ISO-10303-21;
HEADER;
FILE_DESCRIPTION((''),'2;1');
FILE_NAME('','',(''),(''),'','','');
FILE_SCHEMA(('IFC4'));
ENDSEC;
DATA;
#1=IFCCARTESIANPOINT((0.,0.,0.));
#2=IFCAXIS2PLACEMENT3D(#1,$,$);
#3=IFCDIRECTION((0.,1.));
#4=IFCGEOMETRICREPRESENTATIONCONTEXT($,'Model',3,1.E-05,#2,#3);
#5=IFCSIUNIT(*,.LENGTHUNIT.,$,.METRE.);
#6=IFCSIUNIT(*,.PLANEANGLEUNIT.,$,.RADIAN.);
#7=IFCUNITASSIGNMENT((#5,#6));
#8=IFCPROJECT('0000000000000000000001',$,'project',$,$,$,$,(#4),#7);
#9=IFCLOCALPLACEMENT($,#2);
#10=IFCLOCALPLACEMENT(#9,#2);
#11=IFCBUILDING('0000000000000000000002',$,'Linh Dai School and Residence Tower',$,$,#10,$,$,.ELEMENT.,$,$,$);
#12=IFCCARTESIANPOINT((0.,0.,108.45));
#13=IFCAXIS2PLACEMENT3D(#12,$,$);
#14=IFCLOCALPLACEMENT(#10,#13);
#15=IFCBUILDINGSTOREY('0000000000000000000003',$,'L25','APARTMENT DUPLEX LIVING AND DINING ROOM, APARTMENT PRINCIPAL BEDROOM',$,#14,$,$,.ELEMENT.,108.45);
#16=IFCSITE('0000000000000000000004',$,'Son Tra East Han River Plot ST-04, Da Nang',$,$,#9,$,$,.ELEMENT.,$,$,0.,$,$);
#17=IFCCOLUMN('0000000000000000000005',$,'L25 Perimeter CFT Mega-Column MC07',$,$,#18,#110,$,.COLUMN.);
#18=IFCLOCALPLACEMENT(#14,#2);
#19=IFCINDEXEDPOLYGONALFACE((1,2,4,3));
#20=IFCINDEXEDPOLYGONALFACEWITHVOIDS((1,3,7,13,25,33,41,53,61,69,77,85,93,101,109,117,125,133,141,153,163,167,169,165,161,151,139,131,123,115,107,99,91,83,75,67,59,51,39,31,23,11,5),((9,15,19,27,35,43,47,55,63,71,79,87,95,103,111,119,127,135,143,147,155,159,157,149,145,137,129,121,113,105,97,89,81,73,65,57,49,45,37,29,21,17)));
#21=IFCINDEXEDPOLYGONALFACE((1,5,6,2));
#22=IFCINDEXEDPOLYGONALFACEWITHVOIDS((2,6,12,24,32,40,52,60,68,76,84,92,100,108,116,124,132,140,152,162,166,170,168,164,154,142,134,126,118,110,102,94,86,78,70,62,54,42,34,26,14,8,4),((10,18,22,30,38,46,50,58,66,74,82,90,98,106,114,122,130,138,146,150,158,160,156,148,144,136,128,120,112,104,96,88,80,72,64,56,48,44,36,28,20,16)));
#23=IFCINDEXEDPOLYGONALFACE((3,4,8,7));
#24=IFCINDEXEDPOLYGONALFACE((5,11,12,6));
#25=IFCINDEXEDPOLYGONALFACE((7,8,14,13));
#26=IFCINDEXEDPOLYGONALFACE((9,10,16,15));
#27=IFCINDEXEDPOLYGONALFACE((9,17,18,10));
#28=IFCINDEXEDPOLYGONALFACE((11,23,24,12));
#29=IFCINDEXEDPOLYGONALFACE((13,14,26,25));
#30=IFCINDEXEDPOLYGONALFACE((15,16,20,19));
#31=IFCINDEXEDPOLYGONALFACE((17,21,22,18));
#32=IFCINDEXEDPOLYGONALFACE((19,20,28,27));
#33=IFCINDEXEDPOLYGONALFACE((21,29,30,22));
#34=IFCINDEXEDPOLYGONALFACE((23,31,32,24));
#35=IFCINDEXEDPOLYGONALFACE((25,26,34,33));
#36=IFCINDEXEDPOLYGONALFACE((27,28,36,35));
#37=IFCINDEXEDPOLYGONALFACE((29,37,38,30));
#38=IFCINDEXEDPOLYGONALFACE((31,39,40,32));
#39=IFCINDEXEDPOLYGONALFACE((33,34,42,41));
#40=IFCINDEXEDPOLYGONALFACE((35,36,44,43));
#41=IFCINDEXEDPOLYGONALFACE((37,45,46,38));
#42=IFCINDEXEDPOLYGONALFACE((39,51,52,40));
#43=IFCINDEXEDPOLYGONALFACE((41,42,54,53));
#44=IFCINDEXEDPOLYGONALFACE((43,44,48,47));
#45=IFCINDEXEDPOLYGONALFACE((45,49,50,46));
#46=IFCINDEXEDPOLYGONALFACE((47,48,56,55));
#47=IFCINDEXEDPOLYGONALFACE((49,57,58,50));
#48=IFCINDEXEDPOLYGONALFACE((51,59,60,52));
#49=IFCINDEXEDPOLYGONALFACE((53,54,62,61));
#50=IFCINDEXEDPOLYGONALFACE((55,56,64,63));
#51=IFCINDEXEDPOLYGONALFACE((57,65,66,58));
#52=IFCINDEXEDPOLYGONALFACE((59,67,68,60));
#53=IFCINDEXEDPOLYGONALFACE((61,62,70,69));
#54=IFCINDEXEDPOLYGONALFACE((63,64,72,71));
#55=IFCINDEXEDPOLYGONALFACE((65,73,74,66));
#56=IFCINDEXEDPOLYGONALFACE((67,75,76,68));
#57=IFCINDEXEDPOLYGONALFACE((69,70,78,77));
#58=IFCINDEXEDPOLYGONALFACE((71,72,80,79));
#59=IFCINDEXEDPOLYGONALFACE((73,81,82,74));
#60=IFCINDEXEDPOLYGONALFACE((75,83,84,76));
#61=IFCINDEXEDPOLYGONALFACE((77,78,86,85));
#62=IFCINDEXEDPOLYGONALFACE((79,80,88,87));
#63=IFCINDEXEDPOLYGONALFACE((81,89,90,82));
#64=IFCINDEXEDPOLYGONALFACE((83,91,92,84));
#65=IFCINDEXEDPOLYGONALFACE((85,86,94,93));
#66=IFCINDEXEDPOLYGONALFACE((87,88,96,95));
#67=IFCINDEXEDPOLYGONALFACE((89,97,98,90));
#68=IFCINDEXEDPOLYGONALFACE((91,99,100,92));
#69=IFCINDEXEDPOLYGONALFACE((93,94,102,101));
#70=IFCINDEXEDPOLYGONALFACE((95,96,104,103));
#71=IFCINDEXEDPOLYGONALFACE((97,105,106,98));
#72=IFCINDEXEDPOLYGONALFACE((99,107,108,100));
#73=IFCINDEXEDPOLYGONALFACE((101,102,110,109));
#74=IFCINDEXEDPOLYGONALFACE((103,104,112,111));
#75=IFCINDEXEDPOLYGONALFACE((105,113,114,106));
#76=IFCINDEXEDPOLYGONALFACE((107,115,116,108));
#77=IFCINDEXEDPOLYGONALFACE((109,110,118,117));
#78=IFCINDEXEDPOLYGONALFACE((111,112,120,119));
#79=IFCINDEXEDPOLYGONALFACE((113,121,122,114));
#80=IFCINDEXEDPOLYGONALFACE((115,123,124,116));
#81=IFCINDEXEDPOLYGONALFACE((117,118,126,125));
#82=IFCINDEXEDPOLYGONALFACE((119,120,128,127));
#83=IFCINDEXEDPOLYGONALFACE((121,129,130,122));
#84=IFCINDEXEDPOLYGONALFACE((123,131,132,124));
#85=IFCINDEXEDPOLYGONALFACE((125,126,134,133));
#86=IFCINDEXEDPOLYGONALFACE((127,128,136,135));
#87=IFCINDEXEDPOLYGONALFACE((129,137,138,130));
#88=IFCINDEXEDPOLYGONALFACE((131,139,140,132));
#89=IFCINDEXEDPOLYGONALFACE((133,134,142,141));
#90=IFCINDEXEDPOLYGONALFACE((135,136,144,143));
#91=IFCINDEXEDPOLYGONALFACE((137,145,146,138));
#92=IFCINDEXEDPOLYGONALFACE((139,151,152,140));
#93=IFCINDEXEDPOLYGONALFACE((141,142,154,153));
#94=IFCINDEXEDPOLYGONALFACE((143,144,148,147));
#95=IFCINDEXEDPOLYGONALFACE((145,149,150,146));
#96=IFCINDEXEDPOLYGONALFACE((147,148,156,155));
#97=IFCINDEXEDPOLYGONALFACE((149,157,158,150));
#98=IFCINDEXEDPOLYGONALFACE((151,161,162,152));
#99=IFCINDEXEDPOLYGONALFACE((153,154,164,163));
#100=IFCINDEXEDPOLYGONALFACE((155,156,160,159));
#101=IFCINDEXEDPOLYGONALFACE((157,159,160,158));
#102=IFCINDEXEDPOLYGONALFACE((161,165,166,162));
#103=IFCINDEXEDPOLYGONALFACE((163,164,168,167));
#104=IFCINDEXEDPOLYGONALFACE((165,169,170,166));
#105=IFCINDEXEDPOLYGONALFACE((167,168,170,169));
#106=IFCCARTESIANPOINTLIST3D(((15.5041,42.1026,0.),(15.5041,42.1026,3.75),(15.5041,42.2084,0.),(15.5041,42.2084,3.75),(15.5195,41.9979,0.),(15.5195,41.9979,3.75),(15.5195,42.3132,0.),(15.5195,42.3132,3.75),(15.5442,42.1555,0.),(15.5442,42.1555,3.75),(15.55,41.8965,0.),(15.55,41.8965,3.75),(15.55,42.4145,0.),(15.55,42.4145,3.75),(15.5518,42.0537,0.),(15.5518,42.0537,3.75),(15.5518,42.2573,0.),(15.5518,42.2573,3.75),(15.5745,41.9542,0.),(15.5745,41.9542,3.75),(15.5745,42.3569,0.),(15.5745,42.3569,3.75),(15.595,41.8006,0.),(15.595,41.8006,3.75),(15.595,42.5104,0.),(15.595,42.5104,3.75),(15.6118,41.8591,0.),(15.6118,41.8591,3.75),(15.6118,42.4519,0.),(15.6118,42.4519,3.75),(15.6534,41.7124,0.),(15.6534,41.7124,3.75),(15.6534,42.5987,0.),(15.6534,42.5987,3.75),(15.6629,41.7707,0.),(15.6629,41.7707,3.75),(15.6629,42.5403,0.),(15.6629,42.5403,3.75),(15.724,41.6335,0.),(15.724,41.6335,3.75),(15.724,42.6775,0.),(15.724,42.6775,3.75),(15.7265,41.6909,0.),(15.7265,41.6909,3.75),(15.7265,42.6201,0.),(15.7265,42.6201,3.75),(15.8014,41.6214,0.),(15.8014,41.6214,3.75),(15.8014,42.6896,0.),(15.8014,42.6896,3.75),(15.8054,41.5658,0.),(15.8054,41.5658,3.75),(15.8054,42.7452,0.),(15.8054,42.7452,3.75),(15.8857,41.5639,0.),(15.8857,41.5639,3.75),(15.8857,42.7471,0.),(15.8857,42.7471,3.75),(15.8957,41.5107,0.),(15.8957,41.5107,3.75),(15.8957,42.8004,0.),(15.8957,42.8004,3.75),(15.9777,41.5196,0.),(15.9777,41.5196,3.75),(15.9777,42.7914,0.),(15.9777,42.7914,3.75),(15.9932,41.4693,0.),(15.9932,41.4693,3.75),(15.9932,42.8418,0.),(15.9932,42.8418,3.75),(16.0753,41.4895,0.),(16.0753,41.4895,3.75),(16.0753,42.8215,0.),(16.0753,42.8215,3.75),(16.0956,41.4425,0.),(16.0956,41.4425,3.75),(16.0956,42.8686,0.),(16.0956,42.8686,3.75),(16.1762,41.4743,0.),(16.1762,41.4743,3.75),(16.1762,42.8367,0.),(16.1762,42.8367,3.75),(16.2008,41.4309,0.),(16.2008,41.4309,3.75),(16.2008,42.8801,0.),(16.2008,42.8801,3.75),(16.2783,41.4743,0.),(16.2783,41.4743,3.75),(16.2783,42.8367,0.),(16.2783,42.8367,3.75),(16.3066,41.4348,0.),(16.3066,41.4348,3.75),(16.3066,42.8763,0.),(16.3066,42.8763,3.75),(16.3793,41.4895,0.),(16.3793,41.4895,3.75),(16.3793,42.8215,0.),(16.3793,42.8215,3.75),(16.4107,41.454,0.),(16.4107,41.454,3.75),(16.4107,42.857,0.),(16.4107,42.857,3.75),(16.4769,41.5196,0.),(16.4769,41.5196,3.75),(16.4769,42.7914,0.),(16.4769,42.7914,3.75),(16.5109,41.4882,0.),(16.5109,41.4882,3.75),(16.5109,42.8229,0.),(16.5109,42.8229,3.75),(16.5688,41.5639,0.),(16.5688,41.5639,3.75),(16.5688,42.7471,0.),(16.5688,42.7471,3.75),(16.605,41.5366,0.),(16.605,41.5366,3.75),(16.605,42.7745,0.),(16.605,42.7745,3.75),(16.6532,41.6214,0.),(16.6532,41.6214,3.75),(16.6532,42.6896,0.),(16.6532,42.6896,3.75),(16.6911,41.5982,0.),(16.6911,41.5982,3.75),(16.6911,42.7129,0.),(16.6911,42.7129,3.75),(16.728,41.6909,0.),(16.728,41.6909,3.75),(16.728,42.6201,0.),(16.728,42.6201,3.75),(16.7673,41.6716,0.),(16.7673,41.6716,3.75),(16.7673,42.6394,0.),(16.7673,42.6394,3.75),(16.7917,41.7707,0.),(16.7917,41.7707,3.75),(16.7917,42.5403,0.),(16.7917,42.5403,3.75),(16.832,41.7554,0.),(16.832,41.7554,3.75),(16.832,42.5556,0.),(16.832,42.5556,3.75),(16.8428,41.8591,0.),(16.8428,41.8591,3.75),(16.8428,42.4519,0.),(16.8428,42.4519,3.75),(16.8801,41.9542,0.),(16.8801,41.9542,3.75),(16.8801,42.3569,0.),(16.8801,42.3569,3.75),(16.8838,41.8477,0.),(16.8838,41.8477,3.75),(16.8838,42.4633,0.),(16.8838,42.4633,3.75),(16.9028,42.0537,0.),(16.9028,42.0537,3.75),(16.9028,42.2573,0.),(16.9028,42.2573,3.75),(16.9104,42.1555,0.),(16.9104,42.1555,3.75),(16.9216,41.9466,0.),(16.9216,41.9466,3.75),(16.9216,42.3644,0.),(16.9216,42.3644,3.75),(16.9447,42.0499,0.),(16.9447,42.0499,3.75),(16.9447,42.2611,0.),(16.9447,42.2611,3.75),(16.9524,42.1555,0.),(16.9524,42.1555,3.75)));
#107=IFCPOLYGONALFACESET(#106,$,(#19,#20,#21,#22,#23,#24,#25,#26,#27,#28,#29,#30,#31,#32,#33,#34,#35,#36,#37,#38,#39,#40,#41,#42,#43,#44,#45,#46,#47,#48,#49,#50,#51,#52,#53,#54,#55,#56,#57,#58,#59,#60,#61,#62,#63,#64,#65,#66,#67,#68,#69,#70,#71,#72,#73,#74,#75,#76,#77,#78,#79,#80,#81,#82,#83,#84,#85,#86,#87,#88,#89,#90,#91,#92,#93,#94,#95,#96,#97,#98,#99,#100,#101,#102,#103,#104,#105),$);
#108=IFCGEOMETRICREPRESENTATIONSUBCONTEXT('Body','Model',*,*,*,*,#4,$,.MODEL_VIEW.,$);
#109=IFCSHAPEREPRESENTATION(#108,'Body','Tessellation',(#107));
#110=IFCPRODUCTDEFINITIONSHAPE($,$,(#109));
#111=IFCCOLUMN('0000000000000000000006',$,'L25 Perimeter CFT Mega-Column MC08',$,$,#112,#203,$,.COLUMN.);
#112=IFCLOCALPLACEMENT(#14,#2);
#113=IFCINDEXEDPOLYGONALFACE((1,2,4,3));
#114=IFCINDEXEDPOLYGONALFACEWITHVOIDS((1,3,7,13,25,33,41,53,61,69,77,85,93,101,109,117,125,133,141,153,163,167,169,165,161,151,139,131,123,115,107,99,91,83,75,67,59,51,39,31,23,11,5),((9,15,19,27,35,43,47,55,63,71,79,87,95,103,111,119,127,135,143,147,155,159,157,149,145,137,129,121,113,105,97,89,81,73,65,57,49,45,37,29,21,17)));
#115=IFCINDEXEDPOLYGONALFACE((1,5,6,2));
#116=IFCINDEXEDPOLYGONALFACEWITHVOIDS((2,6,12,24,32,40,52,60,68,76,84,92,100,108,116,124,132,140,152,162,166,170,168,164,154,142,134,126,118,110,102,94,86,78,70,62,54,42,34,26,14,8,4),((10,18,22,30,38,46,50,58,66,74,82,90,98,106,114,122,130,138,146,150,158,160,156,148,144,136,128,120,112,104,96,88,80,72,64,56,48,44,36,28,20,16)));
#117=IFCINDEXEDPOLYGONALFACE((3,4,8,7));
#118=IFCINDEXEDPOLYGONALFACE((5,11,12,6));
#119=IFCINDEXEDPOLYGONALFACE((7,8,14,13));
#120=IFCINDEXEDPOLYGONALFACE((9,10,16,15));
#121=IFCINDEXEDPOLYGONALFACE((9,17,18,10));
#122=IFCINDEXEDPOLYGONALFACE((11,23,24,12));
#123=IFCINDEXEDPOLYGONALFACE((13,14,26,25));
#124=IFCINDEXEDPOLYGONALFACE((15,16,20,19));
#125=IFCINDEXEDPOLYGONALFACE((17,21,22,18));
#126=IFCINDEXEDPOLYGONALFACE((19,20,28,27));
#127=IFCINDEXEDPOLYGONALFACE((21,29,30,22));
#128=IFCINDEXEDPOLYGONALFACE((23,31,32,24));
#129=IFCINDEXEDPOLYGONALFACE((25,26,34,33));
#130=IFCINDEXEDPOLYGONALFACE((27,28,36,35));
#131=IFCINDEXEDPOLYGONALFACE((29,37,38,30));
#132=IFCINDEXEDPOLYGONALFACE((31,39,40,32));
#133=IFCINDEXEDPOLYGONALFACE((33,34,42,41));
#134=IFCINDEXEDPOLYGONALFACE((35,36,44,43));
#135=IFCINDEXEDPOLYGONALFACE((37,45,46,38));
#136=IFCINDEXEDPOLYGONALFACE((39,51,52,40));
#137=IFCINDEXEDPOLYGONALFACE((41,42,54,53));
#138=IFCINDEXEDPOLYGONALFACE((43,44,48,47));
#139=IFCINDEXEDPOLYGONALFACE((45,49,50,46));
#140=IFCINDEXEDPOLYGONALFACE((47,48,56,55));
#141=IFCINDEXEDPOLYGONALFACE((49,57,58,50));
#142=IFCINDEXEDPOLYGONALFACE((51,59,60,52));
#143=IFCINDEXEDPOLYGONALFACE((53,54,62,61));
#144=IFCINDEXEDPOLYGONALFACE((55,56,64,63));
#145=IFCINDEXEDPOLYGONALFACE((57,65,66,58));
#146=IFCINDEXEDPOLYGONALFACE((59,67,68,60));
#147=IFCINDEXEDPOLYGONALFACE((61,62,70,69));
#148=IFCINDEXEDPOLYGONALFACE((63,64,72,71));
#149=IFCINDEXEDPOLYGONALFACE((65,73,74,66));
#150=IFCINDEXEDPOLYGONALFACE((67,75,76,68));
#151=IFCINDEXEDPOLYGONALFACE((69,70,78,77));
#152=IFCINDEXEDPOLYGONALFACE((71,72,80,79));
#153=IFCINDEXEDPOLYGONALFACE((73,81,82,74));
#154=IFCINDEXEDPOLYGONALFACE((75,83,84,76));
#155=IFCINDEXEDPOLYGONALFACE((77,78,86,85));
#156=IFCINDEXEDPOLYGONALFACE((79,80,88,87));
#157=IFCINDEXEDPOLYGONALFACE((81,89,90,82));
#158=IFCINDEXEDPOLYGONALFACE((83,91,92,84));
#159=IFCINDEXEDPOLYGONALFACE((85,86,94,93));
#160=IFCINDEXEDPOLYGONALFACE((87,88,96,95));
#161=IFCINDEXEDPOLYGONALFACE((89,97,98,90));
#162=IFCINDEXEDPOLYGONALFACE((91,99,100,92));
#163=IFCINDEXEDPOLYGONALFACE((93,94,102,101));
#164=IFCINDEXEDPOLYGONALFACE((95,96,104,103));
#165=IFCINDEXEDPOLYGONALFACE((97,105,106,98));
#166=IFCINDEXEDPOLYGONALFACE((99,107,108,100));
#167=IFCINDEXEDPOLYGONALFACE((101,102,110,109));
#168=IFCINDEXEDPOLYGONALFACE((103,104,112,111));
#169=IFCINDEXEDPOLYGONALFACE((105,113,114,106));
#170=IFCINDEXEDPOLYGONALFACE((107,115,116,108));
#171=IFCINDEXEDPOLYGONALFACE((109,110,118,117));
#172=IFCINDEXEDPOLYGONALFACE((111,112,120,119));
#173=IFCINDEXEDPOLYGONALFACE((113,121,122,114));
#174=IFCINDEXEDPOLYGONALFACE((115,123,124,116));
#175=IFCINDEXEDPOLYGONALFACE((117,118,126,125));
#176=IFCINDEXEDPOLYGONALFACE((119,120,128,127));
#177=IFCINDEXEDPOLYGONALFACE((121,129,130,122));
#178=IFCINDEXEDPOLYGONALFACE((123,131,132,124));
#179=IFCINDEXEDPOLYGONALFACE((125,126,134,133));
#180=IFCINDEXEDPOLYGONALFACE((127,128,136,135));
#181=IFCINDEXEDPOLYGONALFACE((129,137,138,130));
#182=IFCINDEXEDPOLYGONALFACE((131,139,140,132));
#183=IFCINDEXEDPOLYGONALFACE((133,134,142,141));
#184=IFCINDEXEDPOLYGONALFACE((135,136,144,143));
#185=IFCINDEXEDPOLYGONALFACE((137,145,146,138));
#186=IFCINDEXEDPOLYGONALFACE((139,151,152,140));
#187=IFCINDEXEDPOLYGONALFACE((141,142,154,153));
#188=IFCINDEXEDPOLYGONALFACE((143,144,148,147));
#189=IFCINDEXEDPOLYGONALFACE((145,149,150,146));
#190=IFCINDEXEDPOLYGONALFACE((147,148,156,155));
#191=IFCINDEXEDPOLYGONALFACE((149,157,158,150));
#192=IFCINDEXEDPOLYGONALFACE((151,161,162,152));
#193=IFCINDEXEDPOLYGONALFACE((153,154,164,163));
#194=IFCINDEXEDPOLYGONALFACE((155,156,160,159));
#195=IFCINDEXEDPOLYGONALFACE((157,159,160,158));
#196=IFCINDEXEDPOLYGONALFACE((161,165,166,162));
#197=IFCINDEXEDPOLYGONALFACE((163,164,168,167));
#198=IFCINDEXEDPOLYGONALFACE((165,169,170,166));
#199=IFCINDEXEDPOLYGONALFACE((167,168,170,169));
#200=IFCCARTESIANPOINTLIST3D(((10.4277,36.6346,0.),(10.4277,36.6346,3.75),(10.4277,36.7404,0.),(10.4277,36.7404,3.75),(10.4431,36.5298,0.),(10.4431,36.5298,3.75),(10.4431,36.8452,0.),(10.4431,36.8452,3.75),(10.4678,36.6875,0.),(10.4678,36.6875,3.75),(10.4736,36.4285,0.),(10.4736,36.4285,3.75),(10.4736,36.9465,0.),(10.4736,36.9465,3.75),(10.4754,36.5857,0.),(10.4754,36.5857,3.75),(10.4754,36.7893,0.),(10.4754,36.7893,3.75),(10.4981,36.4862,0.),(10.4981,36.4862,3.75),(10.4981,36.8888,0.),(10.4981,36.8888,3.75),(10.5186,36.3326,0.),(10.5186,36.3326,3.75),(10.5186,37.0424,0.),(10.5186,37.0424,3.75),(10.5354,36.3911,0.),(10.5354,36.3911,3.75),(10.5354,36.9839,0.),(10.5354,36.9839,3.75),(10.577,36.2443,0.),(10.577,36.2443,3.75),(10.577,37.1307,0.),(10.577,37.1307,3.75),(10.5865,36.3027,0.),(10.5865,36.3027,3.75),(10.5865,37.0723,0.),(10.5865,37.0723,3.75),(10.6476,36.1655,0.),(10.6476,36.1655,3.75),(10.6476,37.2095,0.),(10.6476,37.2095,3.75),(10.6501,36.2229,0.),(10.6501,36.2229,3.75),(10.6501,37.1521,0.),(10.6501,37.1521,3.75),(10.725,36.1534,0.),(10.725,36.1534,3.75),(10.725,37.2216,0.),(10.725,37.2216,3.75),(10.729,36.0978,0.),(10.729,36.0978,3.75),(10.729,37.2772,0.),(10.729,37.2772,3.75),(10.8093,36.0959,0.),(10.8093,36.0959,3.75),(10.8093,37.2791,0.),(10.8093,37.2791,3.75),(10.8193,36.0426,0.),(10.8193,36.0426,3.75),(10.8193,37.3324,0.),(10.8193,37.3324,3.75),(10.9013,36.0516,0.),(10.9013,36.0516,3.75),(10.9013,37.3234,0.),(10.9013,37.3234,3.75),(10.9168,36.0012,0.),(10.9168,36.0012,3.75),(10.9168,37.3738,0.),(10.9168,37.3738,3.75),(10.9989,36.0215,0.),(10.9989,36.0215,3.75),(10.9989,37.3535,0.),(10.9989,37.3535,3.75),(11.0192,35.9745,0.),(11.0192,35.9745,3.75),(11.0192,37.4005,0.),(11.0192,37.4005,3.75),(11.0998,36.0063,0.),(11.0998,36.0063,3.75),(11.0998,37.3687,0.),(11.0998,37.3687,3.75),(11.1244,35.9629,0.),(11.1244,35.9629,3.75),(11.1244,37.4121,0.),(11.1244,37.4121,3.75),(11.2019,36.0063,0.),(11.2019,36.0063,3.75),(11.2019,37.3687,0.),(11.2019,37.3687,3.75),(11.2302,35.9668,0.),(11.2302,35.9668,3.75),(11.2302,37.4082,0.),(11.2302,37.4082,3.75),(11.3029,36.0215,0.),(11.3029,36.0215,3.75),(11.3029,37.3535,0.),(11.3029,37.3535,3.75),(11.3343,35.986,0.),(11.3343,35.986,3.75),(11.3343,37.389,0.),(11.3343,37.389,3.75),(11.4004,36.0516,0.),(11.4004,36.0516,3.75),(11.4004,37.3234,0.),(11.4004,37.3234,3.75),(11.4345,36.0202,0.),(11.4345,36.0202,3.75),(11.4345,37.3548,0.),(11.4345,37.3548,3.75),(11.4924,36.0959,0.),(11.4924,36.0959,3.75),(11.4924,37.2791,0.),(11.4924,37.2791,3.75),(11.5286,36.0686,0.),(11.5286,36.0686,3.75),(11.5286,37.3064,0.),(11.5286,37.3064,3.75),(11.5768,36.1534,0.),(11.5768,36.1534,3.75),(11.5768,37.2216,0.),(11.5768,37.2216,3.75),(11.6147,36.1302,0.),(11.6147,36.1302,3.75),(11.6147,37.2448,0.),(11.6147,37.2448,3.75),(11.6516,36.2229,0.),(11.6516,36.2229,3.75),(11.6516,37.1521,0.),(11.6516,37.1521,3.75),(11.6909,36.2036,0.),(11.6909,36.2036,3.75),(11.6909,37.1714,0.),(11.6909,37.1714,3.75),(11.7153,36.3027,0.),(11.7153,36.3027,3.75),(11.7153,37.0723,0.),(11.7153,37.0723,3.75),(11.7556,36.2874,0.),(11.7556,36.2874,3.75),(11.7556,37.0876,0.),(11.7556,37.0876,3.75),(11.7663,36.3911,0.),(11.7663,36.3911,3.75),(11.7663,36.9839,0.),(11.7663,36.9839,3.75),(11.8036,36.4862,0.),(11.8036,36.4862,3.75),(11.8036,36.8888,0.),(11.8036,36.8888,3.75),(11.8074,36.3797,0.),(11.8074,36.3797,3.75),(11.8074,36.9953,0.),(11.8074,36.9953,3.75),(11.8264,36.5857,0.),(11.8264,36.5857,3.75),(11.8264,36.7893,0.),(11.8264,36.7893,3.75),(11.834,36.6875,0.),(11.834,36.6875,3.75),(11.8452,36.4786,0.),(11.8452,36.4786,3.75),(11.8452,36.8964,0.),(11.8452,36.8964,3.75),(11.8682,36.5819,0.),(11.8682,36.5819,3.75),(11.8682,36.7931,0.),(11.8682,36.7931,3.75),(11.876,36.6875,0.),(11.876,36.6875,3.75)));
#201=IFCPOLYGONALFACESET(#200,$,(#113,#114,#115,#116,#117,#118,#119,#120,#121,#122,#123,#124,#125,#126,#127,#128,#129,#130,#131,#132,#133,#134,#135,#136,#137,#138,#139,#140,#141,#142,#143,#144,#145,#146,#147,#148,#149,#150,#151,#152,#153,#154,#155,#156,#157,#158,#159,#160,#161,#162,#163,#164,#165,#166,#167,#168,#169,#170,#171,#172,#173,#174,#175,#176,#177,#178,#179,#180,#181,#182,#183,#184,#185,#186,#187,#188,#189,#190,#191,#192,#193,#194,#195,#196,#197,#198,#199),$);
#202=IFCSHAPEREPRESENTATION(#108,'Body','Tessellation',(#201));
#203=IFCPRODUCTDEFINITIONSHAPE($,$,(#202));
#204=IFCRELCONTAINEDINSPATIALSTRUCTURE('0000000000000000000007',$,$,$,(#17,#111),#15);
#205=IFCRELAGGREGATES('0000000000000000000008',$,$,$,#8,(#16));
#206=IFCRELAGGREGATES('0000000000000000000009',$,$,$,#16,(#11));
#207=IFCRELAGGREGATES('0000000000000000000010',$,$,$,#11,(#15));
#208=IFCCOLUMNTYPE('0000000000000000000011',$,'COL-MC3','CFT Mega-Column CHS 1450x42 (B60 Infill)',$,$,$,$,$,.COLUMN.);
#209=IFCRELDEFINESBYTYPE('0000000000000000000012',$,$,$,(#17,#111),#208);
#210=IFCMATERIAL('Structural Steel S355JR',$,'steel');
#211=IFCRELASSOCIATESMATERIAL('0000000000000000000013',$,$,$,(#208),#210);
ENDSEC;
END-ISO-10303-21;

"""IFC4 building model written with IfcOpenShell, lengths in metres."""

from ifc_helpers import new_model, si_unit, direction, frame, origin, origin_2d, place, context, subcontext, project, spatial, hollow_circle, extrude, material, material_profile, profile_set, type_object, element, save


model = new_model("IFC4")

# Units and contexts
model_context = context("Model", 3, precision=1e-05, world=origin(), true_north=direction((0.0, 1.0)))
body_context = subcontext(model_context, "Body", "Model", "MODEL_VIEW")
ifc_project = project(units=[si_unit("LENGTHUNIT", "METRE"), si_unit("PLANEANGLEUNIT", "RADIAN")], contexts=[model_context])

# Site, building, storey
site_placement = place(None, origin())
site = spatial("IfcSite", under=ifc_project, at=site_placement, Name="Son Tra East Han River Plot ST-04, Da Nang", CompositionType="ELEMENT", RefElevation=0.0)
building_placement = place(site_placement, origin())
building = spatial("IfcBuilding", under=site, at=building_placement, Name="Linh Dai School and Residence Tower", CompositionType="ELEMENT")
storey_placement = place(building_placement, frame((0.0, 0.0, 108.45)))
storey = spatial("IfcBuildingStorey", under=building, at=storey_placement, Name="L25", Description="APARTMENT DUPLEX LIVING AND DINING ROOM, APARTMENT PRINCIPAL BEDROOM", CompositionType="ELEMENT", Elevation=108.45)

# Columns
ifc_material_1 = material(Name="Structural Steel S355JR", Category="steel")
ifc_material_profile_1 = material_profile(ifc_material_1, hollow_circle(Radius=0.7251, WallThickness=0.042, at=origin_2d()), Name="CHS 1450x42")
ifc_profile_set_1 = profile_set([ifc_material_profile_1], Name="Structural Steel S355JR")
column_type = type_object("IfcColumnType", Name="COL-MC3", Description="CFT Mega-Column CHS 1450x42 (B60 Infill)", PredefinedType="COLUMN", material=ifc_profile_set_1)
for number, where, z_axis, x_axis, name in (
    (1, (16.2273, 42.1555, 0.0), (0.0, 0.0, 1.0), (1.0, 0.0, 0.0), "L25 Perimeter CFT Mega-Column MC07"),
    (2, (11.1509, 36.6875, 0.0), (0.0, 0.0, 1.0), (1.0, 0.0, 0.0), "L25 Perimeter CFT Mega-Column MC08"),
):
    element("IfcColumn", number, at=place(storey_placement, frame(where, z_axis=z_axis, x_axis=x_axis)), inside=storey, type_object=column_type, Name=name, PredefinedType="COLUMN", context=body_context, shape_type="SweptSolid", body=[
        extrude(hollow_circle(Radius=0.7251, WallThickness=0.042, at=origin_2d()), origin(), (0.0, 0.0, 1.0), 3.75),
    ])

save(model, "model.ifc")
